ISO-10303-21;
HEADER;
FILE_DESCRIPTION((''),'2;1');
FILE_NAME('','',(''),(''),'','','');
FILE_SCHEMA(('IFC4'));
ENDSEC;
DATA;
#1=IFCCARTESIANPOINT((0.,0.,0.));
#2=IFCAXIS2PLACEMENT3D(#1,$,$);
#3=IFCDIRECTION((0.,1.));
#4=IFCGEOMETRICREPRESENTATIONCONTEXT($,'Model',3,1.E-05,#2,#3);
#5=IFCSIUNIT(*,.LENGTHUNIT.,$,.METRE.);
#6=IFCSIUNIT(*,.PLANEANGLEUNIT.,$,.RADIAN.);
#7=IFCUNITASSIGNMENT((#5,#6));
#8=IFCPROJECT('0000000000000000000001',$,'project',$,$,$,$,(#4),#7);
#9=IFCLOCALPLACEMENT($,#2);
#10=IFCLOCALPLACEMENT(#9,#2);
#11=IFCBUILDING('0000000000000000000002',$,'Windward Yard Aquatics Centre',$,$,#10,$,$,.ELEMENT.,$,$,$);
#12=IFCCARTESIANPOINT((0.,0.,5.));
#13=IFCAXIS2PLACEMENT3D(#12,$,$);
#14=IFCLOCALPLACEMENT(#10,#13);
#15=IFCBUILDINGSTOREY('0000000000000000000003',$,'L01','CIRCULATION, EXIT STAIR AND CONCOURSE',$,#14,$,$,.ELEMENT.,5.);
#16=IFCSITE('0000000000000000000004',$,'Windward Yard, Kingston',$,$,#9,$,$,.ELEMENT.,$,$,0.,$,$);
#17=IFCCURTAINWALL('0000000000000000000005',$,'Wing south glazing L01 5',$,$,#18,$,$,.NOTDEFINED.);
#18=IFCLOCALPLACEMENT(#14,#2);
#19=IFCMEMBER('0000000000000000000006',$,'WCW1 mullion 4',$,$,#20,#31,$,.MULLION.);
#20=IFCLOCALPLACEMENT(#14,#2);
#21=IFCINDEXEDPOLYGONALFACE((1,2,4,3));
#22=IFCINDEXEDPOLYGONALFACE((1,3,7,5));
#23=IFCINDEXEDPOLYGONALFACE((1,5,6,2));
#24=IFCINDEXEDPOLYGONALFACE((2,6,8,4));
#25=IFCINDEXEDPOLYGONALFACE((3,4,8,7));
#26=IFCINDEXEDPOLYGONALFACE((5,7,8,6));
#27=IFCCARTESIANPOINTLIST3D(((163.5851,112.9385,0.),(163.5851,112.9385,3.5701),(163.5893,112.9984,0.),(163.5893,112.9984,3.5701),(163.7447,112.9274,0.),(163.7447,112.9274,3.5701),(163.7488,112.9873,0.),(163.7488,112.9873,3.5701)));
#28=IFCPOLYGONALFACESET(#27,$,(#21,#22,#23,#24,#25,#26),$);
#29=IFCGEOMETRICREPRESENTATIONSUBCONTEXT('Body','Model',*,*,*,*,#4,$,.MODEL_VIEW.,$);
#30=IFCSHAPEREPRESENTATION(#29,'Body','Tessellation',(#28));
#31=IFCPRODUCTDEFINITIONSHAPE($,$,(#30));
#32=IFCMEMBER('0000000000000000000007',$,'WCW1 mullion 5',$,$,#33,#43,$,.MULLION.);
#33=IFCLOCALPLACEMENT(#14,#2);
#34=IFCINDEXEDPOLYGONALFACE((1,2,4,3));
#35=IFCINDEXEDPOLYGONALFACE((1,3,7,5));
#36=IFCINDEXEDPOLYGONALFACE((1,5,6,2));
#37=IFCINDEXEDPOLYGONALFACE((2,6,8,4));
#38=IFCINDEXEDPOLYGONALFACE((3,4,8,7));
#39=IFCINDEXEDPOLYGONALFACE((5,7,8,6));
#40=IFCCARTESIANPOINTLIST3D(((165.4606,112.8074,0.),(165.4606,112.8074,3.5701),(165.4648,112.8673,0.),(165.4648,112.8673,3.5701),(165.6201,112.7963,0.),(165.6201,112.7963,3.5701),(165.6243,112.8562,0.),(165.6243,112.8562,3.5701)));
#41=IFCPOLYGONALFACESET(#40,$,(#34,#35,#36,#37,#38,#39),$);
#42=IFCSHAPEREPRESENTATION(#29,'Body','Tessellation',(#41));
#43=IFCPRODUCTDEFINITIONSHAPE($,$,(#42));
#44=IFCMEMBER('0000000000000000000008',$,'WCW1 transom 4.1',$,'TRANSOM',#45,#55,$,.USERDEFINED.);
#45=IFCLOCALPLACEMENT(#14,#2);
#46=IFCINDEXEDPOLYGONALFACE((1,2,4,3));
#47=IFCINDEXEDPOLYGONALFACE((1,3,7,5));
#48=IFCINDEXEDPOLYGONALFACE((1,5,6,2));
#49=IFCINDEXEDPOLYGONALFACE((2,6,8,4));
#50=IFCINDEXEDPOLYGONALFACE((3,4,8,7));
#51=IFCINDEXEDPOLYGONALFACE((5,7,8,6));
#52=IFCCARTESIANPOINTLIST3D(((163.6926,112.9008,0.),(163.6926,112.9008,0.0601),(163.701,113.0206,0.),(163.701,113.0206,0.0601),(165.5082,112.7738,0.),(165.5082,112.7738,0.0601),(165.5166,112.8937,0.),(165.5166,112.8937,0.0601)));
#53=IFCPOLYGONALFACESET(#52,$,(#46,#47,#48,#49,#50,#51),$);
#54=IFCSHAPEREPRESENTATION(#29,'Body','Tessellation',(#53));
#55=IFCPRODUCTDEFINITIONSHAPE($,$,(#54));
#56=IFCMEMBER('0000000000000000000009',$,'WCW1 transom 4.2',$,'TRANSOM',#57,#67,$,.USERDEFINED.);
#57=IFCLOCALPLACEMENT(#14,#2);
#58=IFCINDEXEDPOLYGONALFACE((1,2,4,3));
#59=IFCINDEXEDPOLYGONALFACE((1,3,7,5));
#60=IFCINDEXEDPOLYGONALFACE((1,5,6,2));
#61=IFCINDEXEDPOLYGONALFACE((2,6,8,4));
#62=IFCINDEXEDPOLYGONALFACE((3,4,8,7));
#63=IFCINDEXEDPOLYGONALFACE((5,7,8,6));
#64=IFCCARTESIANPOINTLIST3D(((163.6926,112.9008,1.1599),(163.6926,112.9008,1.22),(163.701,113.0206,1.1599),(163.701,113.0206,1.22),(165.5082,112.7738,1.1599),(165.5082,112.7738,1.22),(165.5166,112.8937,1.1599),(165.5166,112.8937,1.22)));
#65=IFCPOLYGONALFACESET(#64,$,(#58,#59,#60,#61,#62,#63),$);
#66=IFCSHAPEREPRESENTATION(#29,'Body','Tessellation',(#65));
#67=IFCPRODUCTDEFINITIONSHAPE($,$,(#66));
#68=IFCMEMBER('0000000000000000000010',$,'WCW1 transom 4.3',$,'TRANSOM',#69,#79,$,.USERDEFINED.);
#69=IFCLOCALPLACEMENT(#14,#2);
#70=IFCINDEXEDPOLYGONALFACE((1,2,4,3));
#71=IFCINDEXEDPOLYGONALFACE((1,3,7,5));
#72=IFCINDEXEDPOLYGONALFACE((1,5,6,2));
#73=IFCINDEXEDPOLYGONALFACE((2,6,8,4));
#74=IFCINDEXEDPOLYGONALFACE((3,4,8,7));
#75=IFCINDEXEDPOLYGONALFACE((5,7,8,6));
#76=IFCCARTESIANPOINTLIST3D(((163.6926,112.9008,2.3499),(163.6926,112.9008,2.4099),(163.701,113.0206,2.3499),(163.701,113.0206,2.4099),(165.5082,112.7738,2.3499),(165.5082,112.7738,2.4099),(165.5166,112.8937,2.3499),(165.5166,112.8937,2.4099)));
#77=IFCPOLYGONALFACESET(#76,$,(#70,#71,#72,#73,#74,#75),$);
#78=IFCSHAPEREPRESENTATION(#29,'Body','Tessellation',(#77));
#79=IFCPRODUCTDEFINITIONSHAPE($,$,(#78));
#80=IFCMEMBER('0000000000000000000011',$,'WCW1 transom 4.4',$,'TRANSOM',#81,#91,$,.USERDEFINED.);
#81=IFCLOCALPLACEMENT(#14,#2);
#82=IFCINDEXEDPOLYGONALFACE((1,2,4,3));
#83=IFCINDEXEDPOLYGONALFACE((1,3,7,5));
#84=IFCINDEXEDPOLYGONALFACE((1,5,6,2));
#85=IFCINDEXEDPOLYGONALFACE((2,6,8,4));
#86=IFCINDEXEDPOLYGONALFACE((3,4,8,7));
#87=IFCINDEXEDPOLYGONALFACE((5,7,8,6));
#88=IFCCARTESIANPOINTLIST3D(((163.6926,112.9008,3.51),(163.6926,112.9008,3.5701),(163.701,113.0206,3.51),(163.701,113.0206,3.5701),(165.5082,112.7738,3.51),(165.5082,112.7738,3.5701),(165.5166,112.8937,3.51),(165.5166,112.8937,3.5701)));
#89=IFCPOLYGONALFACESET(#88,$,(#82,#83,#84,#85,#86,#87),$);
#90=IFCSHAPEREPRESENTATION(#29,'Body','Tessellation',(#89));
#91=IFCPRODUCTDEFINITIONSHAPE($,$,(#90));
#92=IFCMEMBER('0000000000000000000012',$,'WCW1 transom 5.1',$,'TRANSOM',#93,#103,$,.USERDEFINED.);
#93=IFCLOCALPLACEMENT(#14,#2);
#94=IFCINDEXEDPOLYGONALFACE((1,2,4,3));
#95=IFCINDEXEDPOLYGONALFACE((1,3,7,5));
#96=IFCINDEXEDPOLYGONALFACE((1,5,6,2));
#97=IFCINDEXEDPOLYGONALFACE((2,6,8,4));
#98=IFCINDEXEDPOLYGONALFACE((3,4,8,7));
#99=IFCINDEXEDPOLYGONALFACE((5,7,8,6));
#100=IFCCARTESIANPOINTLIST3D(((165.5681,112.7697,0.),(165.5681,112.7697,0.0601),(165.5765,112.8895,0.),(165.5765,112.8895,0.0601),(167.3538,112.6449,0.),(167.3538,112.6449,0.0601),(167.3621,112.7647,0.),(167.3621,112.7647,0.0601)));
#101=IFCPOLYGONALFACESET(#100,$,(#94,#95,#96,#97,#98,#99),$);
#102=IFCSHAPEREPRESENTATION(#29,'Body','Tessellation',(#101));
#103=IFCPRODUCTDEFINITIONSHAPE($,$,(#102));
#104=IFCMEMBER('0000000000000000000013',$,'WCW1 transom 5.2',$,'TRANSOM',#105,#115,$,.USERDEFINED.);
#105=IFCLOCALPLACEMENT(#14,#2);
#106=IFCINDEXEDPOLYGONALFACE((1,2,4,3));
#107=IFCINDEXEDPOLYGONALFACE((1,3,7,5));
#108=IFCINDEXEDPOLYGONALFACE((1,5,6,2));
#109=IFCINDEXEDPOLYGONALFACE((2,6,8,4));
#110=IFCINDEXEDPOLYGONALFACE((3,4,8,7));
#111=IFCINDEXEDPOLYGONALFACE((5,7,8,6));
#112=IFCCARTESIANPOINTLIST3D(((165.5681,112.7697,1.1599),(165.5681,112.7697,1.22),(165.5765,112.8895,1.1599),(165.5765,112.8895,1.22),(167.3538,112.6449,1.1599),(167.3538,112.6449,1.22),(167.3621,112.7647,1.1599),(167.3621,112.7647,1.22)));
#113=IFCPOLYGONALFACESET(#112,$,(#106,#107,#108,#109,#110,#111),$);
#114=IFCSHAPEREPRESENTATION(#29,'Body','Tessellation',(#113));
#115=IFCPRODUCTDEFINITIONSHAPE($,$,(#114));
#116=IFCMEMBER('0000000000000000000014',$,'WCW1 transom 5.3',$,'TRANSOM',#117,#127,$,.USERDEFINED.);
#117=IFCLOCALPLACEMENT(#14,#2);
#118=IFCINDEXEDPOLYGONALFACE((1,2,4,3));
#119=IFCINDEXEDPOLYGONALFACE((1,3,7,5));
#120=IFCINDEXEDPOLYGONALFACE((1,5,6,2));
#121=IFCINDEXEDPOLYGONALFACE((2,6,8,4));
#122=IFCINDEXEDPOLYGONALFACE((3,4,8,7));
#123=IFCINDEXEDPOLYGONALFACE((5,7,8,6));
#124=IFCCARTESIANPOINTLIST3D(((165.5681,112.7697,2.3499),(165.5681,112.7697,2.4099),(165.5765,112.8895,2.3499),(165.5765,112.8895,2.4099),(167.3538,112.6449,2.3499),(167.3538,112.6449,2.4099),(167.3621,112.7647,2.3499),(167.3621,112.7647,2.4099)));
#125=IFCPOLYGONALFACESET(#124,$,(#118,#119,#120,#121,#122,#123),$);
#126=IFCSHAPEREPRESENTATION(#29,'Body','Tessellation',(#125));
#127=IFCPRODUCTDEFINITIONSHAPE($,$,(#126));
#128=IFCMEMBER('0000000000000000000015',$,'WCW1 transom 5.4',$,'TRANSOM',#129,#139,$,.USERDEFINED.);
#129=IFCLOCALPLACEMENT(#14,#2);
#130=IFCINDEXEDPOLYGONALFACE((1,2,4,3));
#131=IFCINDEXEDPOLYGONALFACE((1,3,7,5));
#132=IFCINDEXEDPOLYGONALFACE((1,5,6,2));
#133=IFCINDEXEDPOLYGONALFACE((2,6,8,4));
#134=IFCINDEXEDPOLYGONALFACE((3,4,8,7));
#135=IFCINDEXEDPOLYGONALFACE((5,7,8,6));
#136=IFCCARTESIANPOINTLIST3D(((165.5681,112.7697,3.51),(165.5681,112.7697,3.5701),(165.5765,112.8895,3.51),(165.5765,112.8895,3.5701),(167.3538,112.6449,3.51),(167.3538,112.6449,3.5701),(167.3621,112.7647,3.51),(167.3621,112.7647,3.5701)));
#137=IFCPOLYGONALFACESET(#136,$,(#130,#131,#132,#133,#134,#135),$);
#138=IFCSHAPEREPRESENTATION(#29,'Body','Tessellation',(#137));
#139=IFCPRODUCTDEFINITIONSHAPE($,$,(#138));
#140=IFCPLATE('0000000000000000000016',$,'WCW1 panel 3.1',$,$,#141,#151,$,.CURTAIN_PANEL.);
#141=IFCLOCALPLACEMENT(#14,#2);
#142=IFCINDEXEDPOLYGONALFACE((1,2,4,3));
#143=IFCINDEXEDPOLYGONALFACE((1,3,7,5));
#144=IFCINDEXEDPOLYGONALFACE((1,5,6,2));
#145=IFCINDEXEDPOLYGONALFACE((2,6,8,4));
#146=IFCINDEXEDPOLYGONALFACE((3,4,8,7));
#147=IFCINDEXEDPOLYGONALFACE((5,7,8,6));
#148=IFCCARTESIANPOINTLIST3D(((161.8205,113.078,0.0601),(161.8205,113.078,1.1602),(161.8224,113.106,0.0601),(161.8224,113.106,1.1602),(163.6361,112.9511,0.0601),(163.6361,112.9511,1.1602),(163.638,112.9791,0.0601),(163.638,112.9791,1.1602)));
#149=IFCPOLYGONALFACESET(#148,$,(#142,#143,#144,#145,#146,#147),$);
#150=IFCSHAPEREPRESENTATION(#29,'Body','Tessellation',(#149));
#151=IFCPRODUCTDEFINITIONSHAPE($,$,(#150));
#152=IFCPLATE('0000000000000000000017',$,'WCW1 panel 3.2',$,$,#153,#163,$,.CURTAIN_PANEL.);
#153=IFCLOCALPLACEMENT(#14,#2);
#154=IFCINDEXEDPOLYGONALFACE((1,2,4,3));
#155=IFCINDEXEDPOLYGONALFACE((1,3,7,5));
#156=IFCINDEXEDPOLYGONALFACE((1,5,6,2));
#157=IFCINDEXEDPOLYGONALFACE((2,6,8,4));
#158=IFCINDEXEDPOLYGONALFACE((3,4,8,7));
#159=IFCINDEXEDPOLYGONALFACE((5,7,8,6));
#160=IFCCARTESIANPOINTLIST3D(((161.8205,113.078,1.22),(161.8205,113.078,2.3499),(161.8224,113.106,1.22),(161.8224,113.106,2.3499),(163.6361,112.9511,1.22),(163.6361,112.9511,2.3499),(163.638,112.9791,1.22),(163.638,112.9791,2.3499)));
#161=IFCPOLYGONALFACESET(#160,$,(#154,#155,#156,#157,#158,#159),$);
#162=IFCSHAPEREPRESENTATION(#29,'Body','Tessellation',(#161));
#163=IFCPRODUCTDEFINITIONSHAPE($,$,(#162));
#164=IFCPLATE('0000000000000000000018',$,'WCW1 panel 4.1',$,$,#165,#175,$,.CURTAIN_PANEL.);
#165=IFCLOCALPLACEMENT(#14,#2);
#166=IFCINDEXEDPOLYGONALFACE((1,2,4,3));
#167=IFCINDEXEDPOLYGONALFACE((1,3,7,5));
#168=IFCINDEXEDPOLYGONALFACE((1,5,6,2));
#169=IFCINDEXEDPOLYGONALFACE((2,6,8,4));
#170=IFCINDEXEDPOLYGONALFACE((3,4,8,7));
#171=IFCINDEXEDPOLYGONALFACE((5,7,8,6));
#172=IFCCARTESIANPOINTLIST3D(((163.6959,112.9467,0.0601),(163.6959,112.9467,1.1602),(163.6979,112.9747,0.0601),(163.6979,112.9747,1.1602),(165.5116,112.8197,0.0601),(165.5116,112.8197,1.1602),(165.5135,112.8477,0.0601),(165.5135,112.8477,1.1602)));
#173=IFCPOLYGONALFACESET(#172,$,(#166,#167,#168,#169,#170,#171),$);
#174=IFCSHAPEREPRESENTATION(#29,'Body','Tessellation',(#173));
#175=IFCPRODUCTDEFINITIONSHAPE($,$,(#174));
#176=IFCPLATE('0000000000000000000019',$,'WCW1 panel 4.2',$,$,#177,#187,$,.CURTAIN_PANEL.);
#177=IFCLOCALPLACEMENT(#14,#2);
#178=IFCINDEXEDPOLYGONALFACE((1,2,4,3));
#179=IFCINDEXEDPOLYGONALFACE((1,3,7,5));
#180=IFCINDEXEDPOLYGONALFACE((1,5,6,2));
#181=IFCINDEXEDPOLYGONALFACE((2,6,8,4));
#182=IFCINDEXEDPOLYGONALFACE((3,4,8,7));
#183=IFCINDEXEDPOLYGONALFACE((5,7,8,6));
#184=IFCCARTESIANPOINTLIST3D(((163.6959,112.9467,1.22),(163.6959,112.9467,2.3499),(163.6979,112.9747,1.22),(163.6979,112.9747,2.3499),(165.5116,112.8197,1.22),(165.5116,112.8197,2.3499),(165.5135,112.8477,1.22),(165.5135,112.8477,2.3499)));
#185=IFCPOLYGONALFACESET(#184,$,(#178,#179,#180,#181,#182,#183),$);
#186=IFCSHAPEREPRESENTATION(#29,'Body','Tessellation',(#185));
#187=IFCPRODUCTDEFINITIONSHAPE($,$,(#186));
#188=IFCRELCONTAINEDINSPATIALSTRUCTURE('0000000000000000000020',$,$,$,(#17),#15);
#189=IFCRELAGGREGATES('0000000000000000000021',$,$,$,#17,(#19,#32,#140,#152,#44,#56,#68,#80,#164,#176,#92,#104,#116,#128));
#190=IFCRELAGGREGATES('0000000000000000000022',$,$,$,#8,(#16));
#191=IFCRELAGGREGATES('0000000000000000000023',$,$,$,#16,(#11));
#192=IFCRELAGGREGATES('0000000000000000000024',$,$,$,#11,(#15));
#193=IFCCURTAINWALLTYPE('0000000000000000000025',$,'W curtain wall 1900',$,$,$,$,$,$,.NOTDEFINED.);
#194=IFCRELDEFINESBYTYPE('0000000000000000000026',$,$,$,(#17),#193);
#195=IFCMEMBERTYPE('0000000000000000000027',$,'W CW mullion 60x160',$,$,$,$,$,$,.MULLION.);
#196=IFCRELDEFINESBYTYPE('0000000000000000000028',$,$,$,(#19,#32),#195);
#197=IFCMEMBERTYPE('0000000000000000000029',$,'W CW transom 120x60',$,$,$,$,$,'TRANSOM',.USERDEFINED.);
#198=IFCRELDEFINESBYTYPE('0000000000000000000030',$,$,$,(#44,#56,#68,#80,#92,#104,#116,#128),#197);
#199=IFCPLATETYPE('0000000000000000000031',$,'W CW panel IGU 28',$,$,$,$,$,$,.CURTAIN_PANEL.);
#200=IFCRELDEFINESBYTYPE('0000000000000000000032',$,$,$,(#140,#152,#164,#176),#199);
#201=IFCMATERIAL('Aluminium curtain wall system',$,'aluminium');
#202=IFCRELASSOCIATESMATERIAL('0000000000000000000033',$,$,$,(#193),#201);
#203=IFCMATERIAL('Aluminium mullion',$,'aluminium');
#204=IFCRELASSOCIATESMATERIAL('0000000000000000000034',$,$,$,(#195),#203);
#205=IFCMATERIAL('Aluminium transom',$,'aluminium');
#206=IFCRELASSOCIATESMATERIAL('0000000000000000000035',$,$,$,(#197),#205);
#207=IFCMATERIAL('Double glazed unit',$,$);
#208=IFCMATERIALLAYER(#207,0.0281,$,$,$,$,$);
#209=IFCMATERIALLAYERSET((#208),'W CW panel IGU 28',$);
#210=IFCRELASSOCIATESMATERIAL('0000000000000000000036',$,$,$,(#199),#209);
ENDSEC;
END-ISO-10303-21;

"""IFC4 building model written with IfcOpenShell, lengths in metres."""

from ifc_helpers import new_model, si_unit, direction, frame, origin, origin_2d, place, context, subcontext, project, spatial, rectangle, extrude, material, layer, layer_set, material_profile, profile_set, type_object, element, aggregate, save


model = new_model("IFC4")

# Units and contexts
model_context = context("Model", 3, precision=1e-05, world=origin(), true_north=direction((0.0, 1.0)))
body_context = subcontext(model_context, "Body", "Model", "MODEL_VIEW")
ifc_project = project(units=[si_unit("LENGTHUNIT", "METRE"), si_unit("PLANEANGLEUNIT", "RADIAN")], contexts=[model_context])

# Site, building, storey
site_placement = place(None, origin())
site = spatial("IfcSite", under=ifc_project, at=site_placement, Name="Windward Yard, Kingston", CompositionType="ELEMENT", RefElevation=0.0)
building_placement = place(site_placement, origin())
building = spatial("IfcBuilding", under=site, at=building_placement, Name="Windward Yard Aquatics Centre", CompositionType="ELEMENT")
storey_placement = place(building_placement, frame((0.0, 0.0, 5.0)))
storey = spatial("IfcBuildingStorey", under=building, at=storey_placement, Name="L01", Description="CIRCULATION, EXIT STAIR AND CONCOURSE", CompositionType="ELEMENT", Elevation=5.0)

# Curtain wall, members, plates
ifc_material_1 = material(Name="Aluminium curtain wall system", Category="aluminium")
curtain_wall_type = type_object("IfcCurtainWallType", Name="W curtain wall 1900", PredefinedType="NOTDEFINED", material=ifc_material_1)
curtain_wall_placement = place(storey_placement, origin())
curtain_wall = element("IfcCurtainWall", 1, at=curtain_wall_placement, inside=storey, type_object=curtain_wall_type, Name="Wing south glazing L01 5", PredefinedType="NOTDEFINED")
ifc_material_2 = material(Name="Aluminium mullion", Category="aluminium")
ifc_material_profile_1 = material_profile(ifc_material_2, rectangle(XDim=0.0601, YDim=0.1599, at=origin_2d()), Name="AL 60x160")
ifc_profile_set_1 = profile_set([ifc_material_profile_1], Name="Aluminium mullion")
member_type_1 = type_object("IfcMemberType", Name="W CW mullion 60x160", PredefinedType="MULLION", material=ifc_profile_set_1)
member_1_placement = place(storey_placement, frame((163.667, 112.9629, 0.0), z_axis=(0.0, 0.0, 1.0), x_axis=(0.069755, 0.997564, 0.0)))
member_1 = element("IfcMember", 2, at=member_1_placement, type_object=member_type_1, Name="WCW1 mullion 4", PredefinedType="MULLION", context=body_context, shape_type="SweptSolid", body=[
    extrude(rectangle(XDim=0.0601, YDim=0.1599, at=origin_2d()), origin(), (0.0, 0.0, 1.0), 3.5701),
])
member_2_placement = place(storey_placement, frame((165.5425, 112.8318, 0.0), z_axis=(0.0, 0.0, 1.0), x_axis=(0.069755, 0.997564, 0.0)))
member_2 = element("IfcMember", 3, at=member_2_placement, type_object=member_type_1, Name="WCW1 mullion 5", PredefinedType="MULLION", context=body_context, shape_type="SweptSolid", body=[
    extrude(rectangle(XDim=0.0601, YDim=0.1599, at=origin_2d()), origin(), (0.0, 0.0, 1.0), 3.5701),
])
ifc_material_3 = material(Name="Aluminium transom", Category="aluminium")
ifc_material_profile_2 = material_profile(ifc_material_3, rectangle(XDim=0.1201, YDim=0.0601, at=origin_2d()), Name="AL 120x60")
ifc_profile_set_2 = profile_set([ifc_material_profile_2], Name="Aluminium transom")
member_type_2 = type_object("IfcMemberType", Name="W CW transom 120x60", ElementType="TRANSOM", PredefinedType="USERDEFINED", material=ifc_profile_set_2)
member_3_placement = place(storey_placement, frame((163.6968, 112.9607, 0.03), z_axis=(0.997564, -0.06975, 0.0), x_axis=(0.06975, 0.997564, 0.0)))
member_3 = element("IfcMember", 4, at=member_3_placement, type_object=member_type_2, Name="WCW1 transom 4.1", ObjectType="TRANSOM", PredefinedType="USERDEFINED", context=body_context, shape_type="SweptSolid", body=[
    extrude(rectangle(XDim=0.1201, YDim=0.0601, at=origin_2d()), origin(), (0.0, 0.0, 1.0), 1.8201),
])
member_4_placement = place(storey_placement, frame((163.6968, 112.9607, 1.1899), z_axis=(0.997564, -0.06975, 0.0), x_axis=(0.06975, 0.997564, 0.0)))
member_4 = element("IfcMember", 5, at=member_4_placement, type_object=member_type_2, Name="WCW1 transom 4.2", ObjectType="TRANSOM", PredefinedType="USERDEFINED", context=body_context, shape_type="SweptSolid", body=[
    extrude(rectangle(XDim=0.1201, YDim=0.0601, at=origin_2d()), origin(), (0.0, 0.0, 1.0), 1.8201),
])
member_5_placement = place(storey_placement, frame((163.6968, 112.9607, 2.3799), z_axis=(0.997564, -0.06975, 0.0), x_axis=(0.06975, 0.997564, 0.0)))
member_5 = element("IfcMember", 6, at=member_5_placement, type_object=member_type_2, Name="WCW1 transom 4.3", ObjectType="TRANSOM", PredefinedType="USERDEFINED", context=body_context, shape_type="SweptSolid", body=[
    extrude(rectangle(XDim=0.1201, YDim=0.0601, at=origin_2d()), origin(), (0.0, 0.0, 1.0), 1.8201),
])
member_6_placement = place(storey_placement, frame((163.6968, 112.9607, 3.54), z_axis=(0.997564, -0.06975, 0.0), x_axis=(0.06975, 0.997564, 0.0)))
member_6 = element("IfcMember", 7, at=member_6_placement, type_object=member_type_2, Name="WCW1 transom 4.4", ObjectType="TRANSOM", PredefinedType="USERDEFINED", context=body_context, shape_type="SweptSolid", body=[
    extrude(rectangle(XDim=0.1201, YDim=0.0601, at=origin_2d()), origin(), (0.0, 0.0, 1.0), 1.8201),
])
member_7_placement = place(storey_placement, frame((165.5723, 112.8296, 0.03), z_axis=(0.997568, -0.069696, 0.0), x_axis=(0.069696, 0.997568, 0.0)))
member_7 = element("IfcMember", 8, at=member_7_placement, type_object=member_type_2, Name="WCW1 transom 5.1", ObjectType="TRANSOM", PredefinedType="USERDEFINED", context=body_context, shape_type="SweptSolid", body=[
    extrude(rectangle(XDim=0.1201, YDim=0.0601, at=origin_2d()), origin(), (0.0, 0.0, 1.0), 1.79),
])
member_8_placement = place(storey_placement, frame((165.5723, 112.8296, 1.1899), z_axis=(0.997568, -0.069696, 0.0), x_axis=(0.069696, 0.997568, 0.0)))
member_8 = element("IfcMember", 9, at=member_8_placement, type_object=member_type_2, Name="WCW1 transom 5.2", ObjectType="TRANSOM", PredefinedType="USERDEFINED", context=body_context, shape_type="SweptSolid", body=[
    extrude(rectangle(XDim=0.1201, YDim=0.0601, at=origin_2d()), origin(), (0.0, 0.0, 1.0), 1.79),
])
member_9_placement = place(storey_placement, frame((165.5723, 112.8296, 2.3799), z_axis=(0.997568, -0.069696, 0.0), x_axis=(0.069696, 0.997568, 0.0)))
member_9 = element("IfcMember", 10, at=member_9_placement, type_object=member_type_2, Name="WCW1 transom 5.3", ObjectType="TRANSOM", PredefinedType="USERDEFINED", context=body_context, shape_type="SweptSolid", body=[
    extrude(rectangle(XDim=0.1201, YDim=0.0601, at=origin_2d()), origin(), (0.0, 0.0, 1.0), 1.79),
])
member_10_placement = place(storey_placement, frame((165.5723, 112.8296, 3.54), z_axis=(0.997568, -0.069696, 0.0), x_axis=(0.069696, 0.997568, 0.0)))
member_10 = element("IfcMember", 11, at=member_10_placement, type_object=member_type_2, Name="WCW1 transom 5.4", ObjectType="TRANSOM", PredefinedType="USERDEFINED", context=body_context, shape_type="SweptSolid", body=[
    extrude(rectangle(XDim=0.1201, YDim=0.0601, at=origin_2d()), origin(), (0.0, 0.0, 1.0), 1.79),
])
ifc_material_4 = material(Name="Double glazed unit")
ifc_layer_1 = layer(ifc_material_4, 0.0281)
ifc_layer_set_1 = layer_set([ifc_layer_1], Name="W CW panel IGU 28")
plate_type = type_object("IfcPlateType", Name="W CW panel IGU 28", PredefinedType="CURTAIN_PANEL", material=ifc_layer_set_1)
plate_1_placement = place(storey_placement, frame((162.7292, 113.0286, 0.0601), z_axis=(0.0, 0.0, 1.0), x_axis=(0.997564, -0.069755, 0.0)))
plate_1 = element("IfcPlate", 12, at=plate_1_placement, type_object=plate_type, Name="WCW1 panel 3.1", PredefinedType="CURTAIN_PANEL", context=body_context, shape_type="SweptSolid", body=[
    extrude(rectangle(XDim=1.8201, YDim=0.0281, at=origin_2d()), origin(), (0.0, 0.0, 1.0), 1.1001),
])
plate_2_placement = place(storey_placement, frame((162.7292, 113.0286, 1.22), z_axis=(0.0, 0.0, 1.0), x_axis=(0.997564, -0.069755, 0.0)))
plate_2 = element("IfcPlate", 13, at=plate_2_placement, type_object=plate_type, Name="WCW1 panel 3.2", PredefinedType="CURTAIN_PANEL", context=body_context, shape_type="SweptSolid", body=[
    extrude(rectangle(XDim=1.8201, YDim=0.0281, at=origin_2d()), origin(), (0.0, 0.0, 1.0), 1.1299),
])
plate_3_placement = place(storey_placement, frame((164.6047, 112.8972, 0.0601), z_axis=(0.0, 0.0, 1.0), x_axis=(0.997564, -0.069755, 0.0)))
plate_3 = element("IfcPlate", 14, at=plate_3_placement, type_object=plate_type, Name="WCW1 panel 4.1", PredefinedType="CURTAIN_PANEL", context=body_context, shape_type="SweptSolid", body=[
    extrude(rectangle(XDim=1.8201, YDim=0.0281, at=origin_2d()), origin(), (0.0, 0.0, 1.0), 1.1001),
])
plate_4_placement = place(storey_placement, frame((164.6047, 112.8972, 1.22), z_axis=(0.0, 0.0, 1.0), x_axis=(0.997564, -0.069755, 0.0)))
plate_4 = element("IfcPlate", 15, at=plate_4_placement, type_object=plate_type, Name="WCW1 panel 4.2", PredefinedType="CURTAIN_PANEL", context=body_context, shape_type="SweptSolid", body=[
    extrude(rectangle(XDim=1.8201, YDim=0.0281, at=origin_2d()), origin(), (0.0, 0.0, 1.0), 1.1299),
])
aggregate(curtain_wall, [member_1, member_2, plate_1, plate_2, member_3, member_4, member_5, member_6, plate_3, plate_4, member_7, member_8, member_9, member_10])

save(model, "model.ifc")
